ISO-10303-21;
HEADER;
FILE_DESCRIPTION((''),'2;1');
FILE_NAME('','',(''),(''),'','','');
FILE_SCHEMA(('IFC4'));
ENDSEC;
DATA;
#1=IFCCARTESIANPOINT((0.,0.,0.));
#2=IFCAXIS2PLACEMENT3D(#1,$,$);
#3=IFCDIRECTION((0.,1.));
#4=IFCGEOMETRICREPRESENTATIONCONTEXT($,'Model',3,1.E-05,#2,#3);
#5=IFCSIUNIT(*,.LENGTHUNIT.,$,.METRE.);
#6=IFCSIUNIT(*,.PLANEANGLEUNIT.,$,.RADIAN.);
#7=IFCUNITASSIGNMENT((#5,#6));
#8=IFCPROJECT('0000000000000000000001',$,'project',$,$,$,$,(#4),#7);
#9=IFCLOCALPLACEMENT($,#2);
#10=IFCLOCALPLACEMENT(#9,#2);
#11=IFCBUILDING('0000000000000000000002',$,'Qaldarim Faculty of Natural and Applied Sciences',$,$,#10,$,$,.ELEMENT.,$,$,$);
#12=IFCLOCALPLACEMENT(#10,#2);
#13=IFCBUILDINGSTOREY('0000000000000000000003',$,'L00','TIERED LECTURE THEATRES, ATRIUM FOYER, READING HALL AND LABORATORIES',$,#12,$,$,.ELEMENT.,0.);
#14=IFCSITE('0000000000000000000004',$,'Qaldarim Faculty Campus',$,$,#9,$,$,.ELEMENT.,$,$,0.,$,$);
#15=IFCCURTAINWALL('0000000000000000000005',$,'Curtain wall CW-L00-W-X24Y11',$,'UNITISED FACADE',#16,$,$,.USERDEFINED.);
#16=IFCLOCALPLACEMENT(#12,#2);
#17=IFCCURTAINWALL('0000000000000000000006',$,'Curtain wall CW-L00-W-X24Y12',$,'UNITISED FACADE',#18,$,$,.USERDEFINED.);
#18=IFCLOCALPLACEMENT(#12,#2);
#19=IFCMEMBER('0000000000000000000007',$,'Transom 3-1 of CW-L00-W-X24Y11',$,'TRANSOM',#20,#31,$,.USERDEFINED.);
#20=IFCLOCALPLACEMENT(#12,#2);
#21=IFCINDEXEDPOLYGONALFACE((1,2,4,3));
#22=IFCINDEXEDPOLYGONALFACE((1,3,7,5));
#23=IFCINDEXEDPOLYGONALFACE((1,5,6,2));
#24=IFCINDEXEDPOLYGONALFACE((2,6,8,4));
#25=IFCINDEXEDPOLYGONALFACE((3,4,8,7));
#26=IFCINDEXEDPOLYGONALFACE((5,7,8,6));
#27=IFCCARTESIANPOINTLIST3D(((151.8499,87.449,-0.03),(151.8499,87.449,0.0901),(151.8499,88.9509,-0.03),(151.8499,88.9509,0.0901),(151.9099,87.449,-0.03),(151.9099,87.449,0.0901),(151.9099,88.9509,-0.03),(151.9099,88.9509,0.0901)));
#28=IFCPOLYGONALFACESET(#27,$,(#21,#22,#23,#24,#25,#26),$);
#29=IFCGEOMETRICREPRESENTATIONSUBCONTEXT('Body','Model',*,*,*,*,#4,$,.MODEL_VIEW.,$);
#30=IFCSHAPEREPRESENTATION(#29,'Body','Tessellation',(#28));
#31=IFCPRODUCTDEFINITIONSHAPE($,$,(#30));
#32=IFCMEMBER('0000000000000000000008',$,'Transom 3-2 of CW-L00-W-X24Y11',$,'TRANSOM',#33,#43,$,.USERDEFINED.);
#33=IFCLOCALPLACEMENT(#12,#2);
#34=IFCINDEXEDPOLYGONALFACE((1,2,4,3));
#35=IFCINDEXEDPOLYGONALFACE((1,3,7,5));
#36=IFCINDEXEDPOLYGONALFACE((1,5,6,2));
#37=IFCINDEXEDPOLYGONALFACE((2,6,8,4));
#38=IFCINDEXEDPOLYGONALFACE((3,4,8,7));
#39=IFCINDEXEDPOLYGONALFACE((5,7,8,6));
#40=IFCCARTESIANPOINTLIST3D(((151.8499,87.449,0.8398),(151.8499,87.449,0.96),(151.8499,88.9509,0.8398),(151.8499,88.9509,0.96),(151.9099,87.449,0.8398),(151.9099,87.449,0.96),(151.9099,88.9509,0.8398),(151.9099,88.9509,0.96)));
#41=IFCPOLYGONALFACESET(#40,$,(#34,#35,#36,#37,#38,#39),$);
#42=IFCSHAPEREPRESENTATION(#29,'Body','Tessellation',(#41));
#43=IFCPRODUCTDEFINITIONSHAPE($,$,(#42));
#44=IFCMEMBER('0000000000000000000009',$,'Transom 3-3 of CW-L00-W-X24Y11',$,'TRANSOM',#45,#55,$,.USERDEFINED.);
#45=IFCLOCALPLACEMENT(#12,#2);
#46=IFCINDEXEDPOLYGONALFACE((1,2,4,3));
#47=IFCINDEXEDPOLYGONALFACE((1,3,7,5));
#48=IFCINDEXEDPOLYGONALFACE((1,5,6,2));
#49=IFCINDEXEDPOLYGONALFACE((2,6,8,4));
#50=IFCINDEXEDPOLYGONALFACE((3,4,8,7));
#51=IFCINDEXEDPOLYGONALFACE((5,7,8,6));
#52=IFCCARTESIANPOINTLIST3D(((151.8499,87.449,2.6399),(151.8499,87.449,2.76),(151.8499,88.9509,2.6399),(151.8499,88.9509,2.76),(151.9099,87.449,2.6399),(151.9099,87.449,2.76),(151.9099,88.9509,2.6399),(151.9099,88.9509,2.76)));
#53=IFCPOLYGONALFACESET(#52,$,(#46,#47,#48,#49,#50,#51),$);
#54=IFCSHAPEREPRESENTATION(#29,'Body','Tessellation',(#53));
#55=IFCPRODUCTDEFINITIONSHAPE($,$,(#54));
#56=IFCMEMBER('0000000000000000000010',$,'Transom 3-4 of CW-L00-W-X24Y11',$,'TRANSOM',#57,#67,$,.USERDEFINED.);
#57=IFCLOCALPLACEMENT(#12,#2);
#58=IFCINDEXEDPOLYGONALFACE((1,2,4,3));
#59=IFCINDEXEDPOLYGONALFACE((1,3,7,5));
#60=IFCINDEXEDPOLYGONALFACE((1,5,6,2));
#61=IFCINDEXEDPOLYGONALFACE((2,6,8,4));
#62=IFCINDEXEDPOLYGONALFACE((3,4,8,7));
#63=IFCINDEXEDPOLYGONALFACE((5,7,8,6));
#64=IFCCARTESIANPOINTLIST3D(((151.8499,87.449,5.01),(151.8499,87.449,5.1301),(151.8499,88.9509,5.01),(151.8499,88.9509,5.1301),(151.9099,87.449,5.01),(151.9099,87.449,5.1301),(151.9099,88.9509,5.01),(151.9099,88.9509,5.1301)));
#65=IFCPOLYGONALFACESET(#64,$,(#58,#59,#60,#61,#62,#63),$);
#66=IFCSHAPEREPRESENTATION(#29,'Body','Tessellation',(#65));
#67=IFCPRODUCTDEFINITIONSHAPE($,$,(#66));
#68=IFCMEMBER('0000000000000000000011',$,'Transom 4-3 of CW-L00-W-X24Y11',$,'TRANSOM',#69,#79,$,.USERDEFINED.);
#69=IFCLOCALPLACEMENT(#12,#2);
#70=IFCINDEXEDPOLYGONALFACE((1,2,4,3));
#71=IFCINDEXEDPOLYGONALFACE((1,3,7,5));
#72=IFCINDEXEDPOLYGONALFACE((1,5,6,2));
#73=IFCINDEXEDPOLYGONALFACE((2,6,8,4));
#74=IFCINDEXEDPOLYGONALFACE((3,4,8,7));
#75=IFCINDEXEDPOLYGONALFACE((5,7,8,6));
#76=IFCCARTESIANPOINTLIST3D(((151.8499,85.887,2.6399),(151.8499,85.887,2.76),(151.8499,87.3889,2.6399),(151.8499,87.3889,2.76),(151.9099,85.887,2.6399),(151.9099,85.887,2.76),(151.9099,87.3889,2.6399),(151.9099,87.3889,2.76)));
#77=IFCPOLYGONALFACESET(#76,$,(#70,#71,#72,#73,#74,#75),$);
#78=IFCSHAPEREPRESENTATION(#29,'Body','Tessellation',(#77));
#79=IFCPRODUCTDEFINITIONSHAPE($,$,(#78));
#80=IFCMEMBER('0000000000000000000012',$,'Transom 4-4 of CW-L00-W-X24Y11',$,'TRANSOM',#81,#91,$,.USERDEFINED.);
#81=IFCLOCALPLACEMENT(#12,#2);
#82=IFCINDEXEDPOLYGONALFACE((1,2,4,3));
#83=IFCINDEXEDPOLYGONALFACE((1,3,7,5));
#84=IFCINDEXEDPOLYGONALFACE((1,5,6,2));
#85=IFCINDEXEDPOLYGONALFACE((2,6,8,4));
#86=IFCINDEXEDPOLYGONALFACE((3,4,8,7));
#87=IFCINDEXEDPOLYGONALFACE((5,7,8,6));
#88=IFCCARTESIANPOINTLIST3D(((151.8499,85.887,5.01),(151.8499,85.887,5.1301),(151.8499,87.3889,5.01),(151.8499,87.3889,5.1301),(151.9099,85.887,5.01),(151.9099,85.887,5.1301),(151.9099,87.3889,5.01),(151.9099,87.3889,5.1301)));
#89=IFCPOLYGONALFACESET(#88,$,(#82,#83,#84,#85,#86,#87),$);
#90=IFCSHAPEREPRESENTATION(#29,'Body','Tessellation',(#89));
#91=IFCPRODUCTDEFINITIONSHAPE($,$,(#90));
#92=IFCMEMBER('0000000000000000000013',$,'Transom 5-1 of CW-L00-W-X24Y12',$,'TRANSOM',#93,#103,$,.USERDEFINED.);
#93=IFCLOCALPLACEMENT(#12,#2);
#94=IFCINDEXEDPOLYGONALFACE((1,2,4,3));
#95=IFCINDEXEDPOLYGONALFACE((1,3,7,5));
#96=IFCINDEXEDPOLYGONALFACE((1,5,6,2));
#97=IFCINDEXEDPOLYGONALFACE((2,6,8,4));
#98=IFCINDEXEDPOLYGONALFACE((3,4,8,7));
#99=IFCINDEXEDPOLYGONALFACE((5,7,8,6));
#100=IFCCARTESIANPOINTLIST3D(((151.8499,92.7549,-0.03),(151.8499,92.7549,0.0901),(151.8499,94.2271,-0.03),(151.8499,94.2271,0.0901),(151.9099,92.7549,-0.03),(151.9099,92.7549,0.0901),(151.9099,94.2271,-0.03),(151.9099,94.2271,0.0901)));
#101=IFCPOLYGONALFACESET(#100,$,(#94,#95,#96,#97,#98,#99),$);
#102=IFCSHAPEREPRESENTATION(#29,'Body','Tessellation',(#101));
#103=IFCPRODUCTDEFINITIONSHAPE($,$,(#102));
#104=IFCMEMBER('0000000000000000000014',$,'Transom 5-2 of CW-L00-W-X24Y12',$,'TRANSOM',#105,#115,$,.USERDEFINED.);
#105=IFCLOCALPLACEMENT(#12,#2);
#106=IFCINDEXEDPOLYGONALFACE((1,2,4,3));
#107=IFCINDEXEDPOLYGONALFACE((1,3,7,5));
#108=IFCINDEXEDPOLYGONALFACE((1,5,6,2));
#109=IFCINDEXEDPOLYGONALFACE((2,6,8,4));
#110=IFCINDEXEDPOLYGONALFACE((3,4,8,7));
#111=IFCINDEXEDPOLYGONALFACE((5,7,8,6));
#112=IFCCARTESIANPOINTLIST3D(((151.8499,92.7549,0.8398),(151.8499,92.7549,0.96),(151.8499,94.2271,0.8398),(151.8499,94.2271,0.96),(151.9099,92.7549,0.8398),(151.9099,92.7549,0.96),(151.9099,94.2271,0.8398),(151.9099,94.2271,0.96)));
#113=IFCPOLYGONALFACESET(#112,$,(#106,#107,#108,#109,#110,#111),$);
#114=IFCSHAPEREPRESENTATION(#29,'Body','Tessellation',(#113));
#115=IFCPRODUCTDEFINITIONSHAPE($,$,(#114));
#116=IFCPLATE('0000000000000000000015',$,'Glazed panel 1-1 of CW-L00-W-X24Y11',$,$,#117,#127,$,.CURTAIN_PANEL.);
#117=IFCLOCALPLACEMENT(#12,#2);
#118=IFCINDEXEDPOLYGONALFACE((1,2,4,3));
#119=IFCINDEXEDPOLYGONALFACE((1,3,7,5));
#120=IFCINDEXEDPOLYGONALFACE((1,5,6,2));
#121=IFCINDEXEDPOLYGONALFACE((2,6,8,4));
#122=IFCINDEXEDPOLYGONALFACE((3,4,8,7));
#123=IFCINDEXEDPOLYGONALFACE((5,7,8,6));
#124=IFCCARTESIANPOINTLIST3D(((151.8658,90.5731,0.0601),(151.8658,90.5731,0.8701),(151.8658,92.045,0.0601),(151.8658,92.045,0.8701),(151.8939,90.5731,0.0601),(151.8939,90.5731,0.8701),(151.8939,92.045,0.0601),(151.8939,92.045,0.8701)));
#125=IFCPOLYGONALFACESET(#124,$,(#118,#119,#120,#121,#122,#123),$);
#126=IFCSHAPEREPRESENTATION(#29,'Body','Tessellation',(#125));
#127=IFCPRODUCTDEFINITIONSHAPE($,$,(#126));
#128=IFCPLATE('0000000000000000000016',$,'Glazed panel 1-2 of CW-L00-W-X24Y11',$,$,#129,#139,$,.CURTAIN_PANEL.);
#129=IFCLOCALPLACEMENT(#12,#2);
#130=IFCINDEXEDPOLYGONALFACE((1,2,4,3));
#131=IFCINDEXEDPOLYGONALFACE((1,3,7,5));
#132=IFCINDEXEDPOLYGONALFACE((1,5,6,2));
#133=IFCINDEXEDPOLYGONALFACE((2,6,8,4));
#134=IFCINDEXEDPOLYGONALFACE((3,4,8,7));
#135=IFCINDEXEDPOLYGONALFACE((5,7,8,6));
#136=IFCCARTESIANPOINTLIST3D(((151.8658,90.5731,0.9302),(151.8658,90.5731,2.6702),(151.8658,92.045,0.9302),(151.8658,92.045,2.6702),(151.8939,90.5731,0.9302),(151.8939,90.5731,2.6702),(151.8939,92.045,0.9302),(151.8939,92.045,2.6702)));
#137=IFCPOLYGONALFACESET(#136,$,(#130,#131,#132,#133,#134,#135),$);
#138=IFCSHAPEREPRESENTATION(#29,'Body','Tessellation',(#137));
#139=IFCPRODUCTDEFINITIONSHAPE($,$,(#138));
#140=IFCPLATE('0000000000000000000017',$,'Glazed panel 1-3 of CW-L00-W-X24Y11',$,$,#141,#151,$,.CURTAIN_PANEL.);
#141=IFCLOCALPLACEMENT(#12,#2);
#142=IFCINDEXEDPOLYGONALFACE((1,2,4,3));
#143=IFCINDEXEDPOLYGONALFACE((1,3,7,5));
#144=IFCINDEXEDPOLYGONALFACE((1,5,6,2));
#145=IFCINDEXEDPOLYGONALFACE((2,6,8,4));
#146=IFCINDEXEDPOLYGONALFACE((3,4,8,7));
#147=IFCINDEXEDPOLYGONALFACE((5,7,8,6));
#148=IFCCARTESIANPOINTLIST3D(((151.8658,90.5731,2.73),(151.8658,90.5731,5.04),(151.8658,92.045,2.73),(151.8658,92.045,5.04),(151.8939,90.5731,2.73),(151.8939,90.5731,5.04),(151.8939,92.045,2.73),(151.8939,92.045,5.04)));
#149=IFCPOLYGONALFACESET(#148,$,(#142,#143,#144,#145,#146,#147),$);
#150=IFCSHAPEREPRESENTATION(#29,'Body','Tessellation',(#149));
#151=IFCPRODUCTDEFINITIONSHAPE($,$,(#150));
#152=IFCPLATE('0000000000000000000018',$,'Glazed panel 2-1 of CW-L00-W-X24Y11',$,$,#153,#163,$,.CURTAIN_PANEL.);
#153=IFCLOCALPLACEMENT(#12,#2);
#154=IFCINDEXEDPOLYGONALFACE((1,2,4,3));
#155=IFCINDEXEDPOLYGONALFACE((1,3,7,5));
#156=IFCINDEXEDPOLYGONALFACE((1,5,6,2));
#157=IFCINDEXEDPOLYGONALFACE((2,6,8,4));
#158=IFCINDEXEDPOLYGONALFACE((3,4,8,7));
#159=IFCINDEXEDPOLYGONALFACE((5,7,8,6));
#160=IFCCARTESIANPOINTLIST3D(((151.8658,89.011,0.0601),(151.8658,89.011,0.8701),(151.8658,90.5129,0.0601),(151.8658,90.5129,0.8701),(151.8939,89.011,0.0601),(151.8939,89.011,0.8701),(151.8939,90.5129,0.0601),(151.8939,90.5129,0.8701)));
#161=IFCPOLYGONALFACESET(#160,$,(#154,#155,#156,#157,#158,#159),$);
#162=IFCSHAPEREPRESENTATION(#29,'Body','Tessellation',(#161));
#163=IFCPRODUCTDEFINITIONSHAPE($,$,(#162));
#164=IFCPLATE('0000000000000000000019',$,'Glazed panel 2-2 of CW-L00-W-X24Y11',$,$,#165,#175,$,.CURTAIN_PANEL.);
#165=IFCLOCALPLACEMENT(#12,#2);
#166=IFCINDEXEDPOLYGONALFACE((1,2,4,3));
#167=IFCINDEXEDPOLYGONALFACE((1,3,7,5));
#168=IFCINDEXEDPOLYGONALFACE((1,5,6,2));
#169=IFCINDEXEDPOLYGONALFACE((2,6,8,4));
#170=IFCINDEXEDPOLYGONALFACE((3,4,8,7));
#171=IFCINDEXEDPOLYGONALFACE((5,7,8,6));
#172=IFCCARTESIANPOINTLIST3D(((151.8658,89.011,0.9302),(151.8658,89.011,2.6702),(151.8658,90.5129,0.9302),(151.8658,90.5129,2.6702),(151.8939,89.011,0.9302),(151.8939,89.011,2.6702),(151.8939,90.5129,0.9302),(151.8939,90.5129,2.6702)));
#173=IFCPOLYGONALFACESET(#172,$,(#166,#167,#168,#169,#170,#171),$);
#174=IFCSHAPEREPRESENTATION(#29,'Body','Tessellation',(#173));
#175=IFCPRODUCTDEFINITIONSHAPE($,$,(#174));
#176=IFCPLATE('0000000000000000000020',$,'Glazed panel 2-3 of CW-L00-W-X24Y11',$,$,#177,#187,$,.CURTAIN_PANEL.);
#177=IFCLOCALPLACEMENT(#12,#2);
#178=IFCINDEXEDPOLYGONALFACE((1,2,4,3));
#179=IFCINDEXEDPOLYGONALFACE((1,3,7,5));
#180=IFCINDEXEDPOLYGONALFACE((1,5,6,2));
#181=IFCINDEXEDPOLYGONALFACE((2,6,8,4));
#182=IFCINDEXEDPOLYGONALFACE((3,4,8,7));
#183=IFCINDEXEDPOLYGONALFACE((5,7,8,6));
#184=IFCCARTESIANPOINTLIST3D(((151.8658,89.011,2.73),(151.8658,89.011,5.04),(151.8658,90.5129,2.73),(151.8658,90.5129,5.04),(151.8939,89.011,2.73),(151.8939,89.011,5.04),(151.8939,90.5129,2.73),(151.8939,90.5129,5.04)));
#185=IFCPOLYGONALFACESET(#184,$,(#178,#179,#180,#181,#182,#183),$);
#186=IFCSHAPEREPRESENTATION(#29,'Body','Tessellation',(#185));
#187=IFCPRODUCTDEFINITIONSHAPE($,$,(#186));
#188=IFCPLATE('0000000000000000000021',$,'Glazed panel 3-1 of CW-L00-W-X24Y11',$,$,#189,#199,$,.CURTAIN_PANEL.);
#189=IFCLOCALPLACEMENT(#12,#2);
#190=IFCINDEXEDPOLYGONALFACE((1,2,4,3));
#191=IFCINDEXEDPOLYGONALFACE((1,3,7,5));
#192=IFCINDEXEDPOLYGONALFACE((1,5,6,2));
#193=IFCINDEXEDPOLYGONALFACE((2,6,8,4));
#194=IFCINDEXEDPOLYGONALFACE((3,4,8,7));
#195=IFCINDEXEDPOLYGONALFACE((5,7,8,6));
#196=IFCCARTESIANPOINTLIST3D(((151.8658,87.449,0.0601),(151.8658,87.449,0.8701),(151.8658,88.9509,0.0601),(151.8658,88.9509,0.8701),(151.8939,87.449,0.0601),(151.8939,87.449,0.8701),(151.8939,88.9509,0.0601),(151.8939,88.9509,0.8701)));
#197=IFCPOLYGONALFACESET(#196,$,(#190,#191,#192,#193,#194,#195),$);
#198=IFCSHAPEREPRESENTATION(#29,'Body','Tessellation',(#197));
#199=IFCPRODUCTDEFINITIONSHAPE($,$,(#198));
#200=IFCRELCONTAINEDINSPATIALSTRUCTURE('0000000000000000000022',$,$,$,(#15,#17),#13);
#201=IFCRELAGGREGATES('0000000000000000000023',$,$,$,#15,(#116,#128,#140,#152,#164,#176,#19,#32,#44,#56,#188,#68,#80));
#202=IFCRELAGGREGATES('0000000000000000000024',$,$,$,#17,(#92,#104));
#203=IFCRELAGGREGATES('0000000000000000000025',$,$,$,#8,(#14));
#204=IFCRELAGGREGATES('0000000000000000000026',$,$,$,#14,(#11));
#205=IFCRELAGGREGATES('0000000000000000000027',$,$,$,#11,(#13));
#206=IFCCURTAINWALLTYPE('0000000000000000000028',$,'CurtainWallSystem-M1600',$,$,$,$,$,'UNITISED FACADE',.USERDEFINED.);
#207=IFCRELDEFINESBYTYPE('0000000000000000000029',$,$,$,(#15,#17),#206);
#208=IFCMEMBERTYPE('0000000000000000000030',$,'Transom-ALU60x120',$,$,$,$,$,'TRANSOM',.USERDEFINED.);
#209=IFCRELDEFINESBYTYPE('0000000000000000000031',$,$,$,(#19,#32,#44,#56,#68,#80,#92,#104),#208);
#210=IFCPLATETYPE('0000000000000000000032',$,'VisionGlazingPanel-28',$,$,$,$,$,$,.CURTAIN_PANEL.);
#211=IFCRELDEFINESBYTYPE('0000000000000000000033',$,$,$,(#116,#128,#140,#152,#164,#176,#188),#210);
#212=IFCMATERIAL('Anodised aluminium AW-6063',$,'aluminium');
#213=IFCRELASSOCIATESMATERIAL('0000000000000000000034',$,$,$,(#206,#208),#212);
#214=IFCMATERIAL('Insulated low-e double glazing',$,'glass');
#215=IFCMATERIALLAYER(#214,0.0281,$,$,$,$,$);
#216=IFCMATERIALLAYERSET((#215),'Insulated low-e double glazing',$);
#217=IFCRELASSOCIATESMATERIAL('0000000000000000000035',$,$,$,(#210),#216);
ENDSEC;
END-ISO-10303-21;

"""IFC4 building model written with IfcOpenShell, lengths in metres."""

from ifc_helpers import new_model, si_unit, direction, frame, origin, origin_2d, place, context, subcontext, project, spatial, rectangle, extrude, material, layer, layer_set, material_profile, profile_set, type_object, element, aggregate, save


model = new_model("IFC4")

# Units and contexts
model_context = context("Model", 3, precision=1e-05, world=origin(), true_north=direction((0.0, 1.0)))
body_context = subcontext(model_context, "Body", "Model", "MODEL_VIEW")
ifc_project = project(units=[si_unit("LENGTHUNIT", "METRE"), si_unit("PLANEANGLEUNIT", "RADIAN")], contexts=[model_context])

# Site, building, storey
site_placement = place(None, origin())
site = spatial("IfcSite", under=ifc_project, at=site_placement, Name="Qaldarim Faculty Campus", CompositionType="ELEMENT", RefElevation=0.0)
building_placement = place(site_placement, origin())
building = spatial("IfcBuilding", under=site, at=building_placement, Name="Qaldarim Faculty of Natural and Applied Sciences", CompositionType="ELEMENT")
storey_placement = place(building_placement, origin())
storey = spatial("IfcBuildingStorey", under=building, at=storey_placement, Name="L00", Description="TIERED LECTURE THEATRES, ATRIUM FOYER, READING HALL AND LABORATORIES", CompositionType="ELEMENT", Elevation=0.0)

# Curtain wall
ifc_material_1 = material(Name="Anodised aluminium AW-6063", Category="aluminium")
curtain_wall_type = type_object("IfcCurtainWallType", Name="CurtainWallSystem-M1600", ElementType="UNITISED FACADE", PredefinedType="USERDEFINED", material=ifc_material_1)
curtain_wall_1_placement = place(storey_placement, origin())
curtain_wall_1 = element("IfcCurtainWall", 1, at=curtain_wall_1_placement, inside=storey, type_object=curtain_wall_type, Name="Curtain wall CW-L00-W-X24Y11", ObjectType="UNITISED FACADE", PredefinedType="USERDEFINED")

# Curtain wall
curtain_wall_2_placement = place(storey_placement, origin())
curtain_wall_2 = element("IfcCurtainWall", 2, at=curtain_wall_2_placement, inside=storey, type_object=curtain_wall_type, Name="Curtain wall CW-L00-W-X24Y12", ObjectType="UNITISED FACADE", PredefinedType="USERDEFINED")

# Members
ifc_material_profile_1 = material_profile(ifc_material_1, rectangle(XDim=0.0601, YDim=0.1201, at=origin_2d()), Name="ALU-T60x120")
ifc_profile_set_1 = profile_set([ifc_material_profile_1], Name="Anodised aluminium AW-6063")
member_type_1 = type_object("IfcMemberType", Name="Transom-ALU60x120", ElementType="TRANSOM", PredefinedType="USERDEFINED", material=ifc_profile_set_1)
member_1_placement = place(storey_placement, frame((151.8799, 88.9509, 0.03), z_axis=(0.0, -1.0, 0.0), x_axis=(1.0, 0.0, 0.0)))
member_1 = element("IfcMember", 3, at=member_1_placement, type_object=member_type_1, Name="Transom 3-1 of CW-L00-W-X24Y11", ObjectType="TRANSOM", PredefinedType="USERDEFINED", context=body_context, shape_type="SweptSolid", body=[
    extrude(rectangle(XDim=0.0601, YDim=0.1201, at=origin_2d()), origin(), (0.0, 0.0, 1.0), 1.502),
])
member_2_placement = place(storey_placement, frame((151.8799, 88.9509, 0.8999), z_axis=(0.0, -1.0, 0.0), x_axis=(1.0, 0.0, 0.0)))
member_2 = element("IfcMember", 4, at=member_2_placement, type_object=member_type_1, Name="Transom 3-2 of CW-L00-W-X24Y11", ObjectType="TRANSOM", PredefinedType="USERDEFINED", context=body_context, shape_type="SweptSolid", body=[
    extrude(rectangle(XDim=0.0601, YDim=0.1201, at=origin_2d()), origin(), (0.0, 0.0, 1.0), 1.502),
])
member_3_placement = place(storey_placement, frame((151.8799, 88.9509, 2.7), z_axis=(0.0, -1.0, 0.0), x_axis=(1.0, 0.0, 0.0)))
member_3 = element("IfcMember", 5, at=member_3_placement, type_object=member_type_1, Name="Transom 3-3 of CW-L00-W-X24Y11", ObjectType="TRANSOM", PredefinedType="USERDEFINED", context=body_context, shape_type="SweptSolid", body=[
    extrude(rectangle(XDim=0.0601, YDim=0.1201, at=origin_2d()), origin(), (0.0, 0.0, 1.0), 1.502),
])
member_4_placement = place(storey_placement, frame((151.8799, 88.9509, 5.0701), z_axis=(0.0, -1.0, 0.0), x_axis=(1.0, 0.0, 0.0)))
member_4 = element("IfcMember", 6, at=member_4_placement, type_object=member_type_1, Name="Transom 3-4 of CW-L00-W-X24Y11", ObjectType="TRANSOM", PredefinedType="USERDEFINED", context=body_context, shape_type="SweptSolid", body=[
    extrude(rectangle(XDim=0.0601, YDim=0.1201, at=origin_2d()), origin(), (0.0, 0.0, 1.0), 1.502),
])
member_5_placement = place(storey_placement, frame((151.8799, 87.3889, 2.7), z_axis=(0.0, -1.0, 0.0), x_axis=(1.0, 0.0, 0.0)))
member_5 = element("IfcMember", 7, at=member_5_placement, type_object=member_type_1, Name="Transom 4-3 of CW-L00-W-X24Y11", ObjectType="TRANSOM", PredefinedType="USERDEFINED", context=body_context, shape_type="SweptSolid", body=[
    extrude(rectangle(XDim=0.0601, YDim=0.1201, at=origin_2d()), origin(), (0.0, 0.0, 1.0), 1.502),
])
member_6_placement = place(storey_placement, frame((151.8799, 87.3889, 5.0701), z_axis=(0.0, -1.0, 0.0), x_axis=(1.0, 0.0, 0.0)))
member_6 = element("IfcMember", 8, at=member_6_placement, type_object=member_type_1, Name="Transom 4-4 of CW-L00-W-X24Y11", ObjectType="TRANSOM", PredefinedType="USERDEFINED", context=body_context, shape_type="SweptSolid", body=[
    extrude(rectangle(XDim=0.0601, YDim=0.1201, at=origin_2d()), origin(), (0.0, 0.0, 1.0), 1.502),
])
member_7_placement = place(storey_placement, frame((151.8799, 94.2271, 0.03), z_axis=(0.0, -1.0, 0.0), x_axis=(1.0, 0.0, 0.0)))
member_7 = element("IfcMember", 9, at=member_7_placement, type_object=member_type_1, Name="Transom 5-1 of CW-L00-W-X24Y12", ObjectType="TRANSOM", PredefinedType="USERDEFINED", context=body_context, shape_type="SweptSolid", body=[
    extrude(rectangle(XDim=0.0601, YDim=0.1201, at=origin_2d()), origin(), (0.0, 0.0, 1.0), 1.4722),
])
member_8_placement = place(storey_placement, frame((151.8799, 94.2271, 0.8999), z_axis=(0.0, -1.0, 0.0), x_axis=(1.0, 0.0, 0.0)))
member_8 = element("IfcMember", 10, at=member_8_placement, type_object=member_type_1, Name="Transom 5-2 of CW-L00-W-X24Y12", ObjectType="TRANSOM", PredefinedType="USERDEFINED", context=body_context, shape_type="SweptSolid", body=[
    extrude(rectangle(XDim=0.0601, YDim=0.1201, at=origin_2d()), origin(), (0.0, 0.0, 1.0), 1.4722),
])

# Plates
ifc_material_2 = material(Name="Insulated low-e double glazing", Category="glass")
ifc_layer = layer(ifc_material_2, 0.0281)
ifc_layer_set = layer_set([ifc_layer], Name="Insulated low-e double glazing")
plate_type = type_object("IfcPlateType", Name="VisionGlazingPanel-28", PredefinedType="CURTAIN_PANEL", material=ifc_layer_set)
plate_1_placement = place(storey_placement, frame((151.8799, 91.3091, 0.0601), z_axis=(0.0, 0.0, 1.0), x_axis=(0.0, -1.0, 0.0)))
plate_1 = element("IfcPlate", 11, at=plate_1_placement, type_object=plate_type, Name="Glazed panel 1-1 of CW-L00-W-X24Y11", PredefinedType="CURTAIN_PANEL", context=body_context, shape_type="SweptSolid", body=[
    extrude(rectangle(XDim=1.4719, YDim=0.0281, at=origin_2d()), origin(), (0.0, 0.0, 1.0), 0.8101),
])
plate_2_placement = place(storey_placement, frame((151.8799, 91.3091, 0.9302), z_axis=(0.0, 0.0, 1.0), x_axis=(0.0, -1.0, 0.0)))
plate_2 = element("IfcPlate", 12, at=plate_2_placement, type_object=plate_type, Name="Glazed panel 1-2 of CW-L00-W-X24Y11", PredefinedType="CURTAIN_PANEL", context=body_context, shape_type="SweptSolid", body=[
    extrude(rectangle(XDim=1.4719, YDim=0.0281, at=origin_2d()), origin(), (0.0, 0.0, 1.0), 1.74),
])
plate_3_placement = place(storey_placement, frame((151.8799, 91.3091, 2.73), z_axis=(0.0, 0.0, 1.0), x_axis=(0.0, -1.0, 0.0)))
plate_3 = element("IfcPlate", 13, at=plate_3_placement, type_object=plate_type, Name="Glazed panel 1-3 of CW-L00-W-X24Y11", PredefinedType="CURTAIN_PANEL", context=body_context, shape_type="SweptSolid", body=[
    extrude(rectangle(XDim=1.4719, YDim=0.0281, at=origin_2d()), origin(), (0.0, 0.0, 1.0), 2.3101),
])
plate_4_placement = place(storey_placement, frame((151.8799, 89.762, 0.0601), z_axis=(0.0, 0.0, 1.0), x_axis=(0.0, -1.0, 0.0)))
plate_4 = element("IfcPlate", 14, at=plate_4_placement, type_object=plate_type, Name="Glazed panel 2-1 of CW-L00-W-X24Y11", PredefinedType="CURTAIN_PANEL", context=body_context, shape_type="SweptSolid", body=[
    extrude(rectangle(XDim=1.502, YDim=0.0281, at=origin_2d()), origin(), (0.0, 0.0, 1.0), 0.8101),
])
plate_5_placement = place(storey_placement, frame((151.8799, 89.762, 0.9302), z_axis=(0.0, 0.0, 1.0), x_axis=(0.0, -1.0, 0.0)))
plate_5 = element("IfcPlate", 15, at=plate_5_placement, type_object=plate_type, Name="Glazed panel 2-2 of CW-L00-W-X24Y11", PredefinedType="CURTAIN_PANEL", context=body_context, shape_type="SweptSolid", body=[
    extrude(rectangle(XDim=1.502, YDim=0.0281, at=origin_2d()), origin(), (0.0, 0.0, 1.0), 1.74),
])
plate_6_placement = place(storey_placement, frame((151.8799, 89.762, 2.73), z_axis=(0.0, 0.0, 1.0), x_axis=(0.0, -1.0, 0.0)))
plate_6 = element("IfcPlate", 16, at=plate_6_placement, type_object=plate_type, Name="Glazed panel 2-3 of CW-L00-W-X24Y11", PredefinedType="CURTAIN_PANEL", context=body_context, shape_type="SweptSolid", body=[
    extrude(rectangle(XDim=1.502, YDim=0.0281, at=origin_2d()), origin(), (0.0, 0.0, 1.0), 2.3101),
])
plate_7_placement = place(storey_placement, frame((151.8799, 88.2, 0.0601), z_axis=(0.0, 0.0, 1.0), x_axis=(0.0, -1.0, 0.0)))
plate_7 = element("IfcPlate", 17, at=plate_7_placement, type_object=plate_type, Name="Glazed panel 3-1 of CW-L00-W-X24Y11", PredefinedType="CURTAIN_PANEL", context=body_context, shape_type="SweptSolid", body=[
    extrude(rectangle(XDim=1.502, YDim=0.0281, at=origin_2d()), origin(), (0.0, 0.0, 1.0), 0.8101),
])
aggregate(curtain_wall_1, [plate_1, plate_2, plate_3, plate_4, plate_5, plate_6, member_1, member_2, member_3, member_4, plate_7, member_5, member_6])
aggregate(curtain_wall_2, [member_7, member_8])

save(model, "model.ifc")
